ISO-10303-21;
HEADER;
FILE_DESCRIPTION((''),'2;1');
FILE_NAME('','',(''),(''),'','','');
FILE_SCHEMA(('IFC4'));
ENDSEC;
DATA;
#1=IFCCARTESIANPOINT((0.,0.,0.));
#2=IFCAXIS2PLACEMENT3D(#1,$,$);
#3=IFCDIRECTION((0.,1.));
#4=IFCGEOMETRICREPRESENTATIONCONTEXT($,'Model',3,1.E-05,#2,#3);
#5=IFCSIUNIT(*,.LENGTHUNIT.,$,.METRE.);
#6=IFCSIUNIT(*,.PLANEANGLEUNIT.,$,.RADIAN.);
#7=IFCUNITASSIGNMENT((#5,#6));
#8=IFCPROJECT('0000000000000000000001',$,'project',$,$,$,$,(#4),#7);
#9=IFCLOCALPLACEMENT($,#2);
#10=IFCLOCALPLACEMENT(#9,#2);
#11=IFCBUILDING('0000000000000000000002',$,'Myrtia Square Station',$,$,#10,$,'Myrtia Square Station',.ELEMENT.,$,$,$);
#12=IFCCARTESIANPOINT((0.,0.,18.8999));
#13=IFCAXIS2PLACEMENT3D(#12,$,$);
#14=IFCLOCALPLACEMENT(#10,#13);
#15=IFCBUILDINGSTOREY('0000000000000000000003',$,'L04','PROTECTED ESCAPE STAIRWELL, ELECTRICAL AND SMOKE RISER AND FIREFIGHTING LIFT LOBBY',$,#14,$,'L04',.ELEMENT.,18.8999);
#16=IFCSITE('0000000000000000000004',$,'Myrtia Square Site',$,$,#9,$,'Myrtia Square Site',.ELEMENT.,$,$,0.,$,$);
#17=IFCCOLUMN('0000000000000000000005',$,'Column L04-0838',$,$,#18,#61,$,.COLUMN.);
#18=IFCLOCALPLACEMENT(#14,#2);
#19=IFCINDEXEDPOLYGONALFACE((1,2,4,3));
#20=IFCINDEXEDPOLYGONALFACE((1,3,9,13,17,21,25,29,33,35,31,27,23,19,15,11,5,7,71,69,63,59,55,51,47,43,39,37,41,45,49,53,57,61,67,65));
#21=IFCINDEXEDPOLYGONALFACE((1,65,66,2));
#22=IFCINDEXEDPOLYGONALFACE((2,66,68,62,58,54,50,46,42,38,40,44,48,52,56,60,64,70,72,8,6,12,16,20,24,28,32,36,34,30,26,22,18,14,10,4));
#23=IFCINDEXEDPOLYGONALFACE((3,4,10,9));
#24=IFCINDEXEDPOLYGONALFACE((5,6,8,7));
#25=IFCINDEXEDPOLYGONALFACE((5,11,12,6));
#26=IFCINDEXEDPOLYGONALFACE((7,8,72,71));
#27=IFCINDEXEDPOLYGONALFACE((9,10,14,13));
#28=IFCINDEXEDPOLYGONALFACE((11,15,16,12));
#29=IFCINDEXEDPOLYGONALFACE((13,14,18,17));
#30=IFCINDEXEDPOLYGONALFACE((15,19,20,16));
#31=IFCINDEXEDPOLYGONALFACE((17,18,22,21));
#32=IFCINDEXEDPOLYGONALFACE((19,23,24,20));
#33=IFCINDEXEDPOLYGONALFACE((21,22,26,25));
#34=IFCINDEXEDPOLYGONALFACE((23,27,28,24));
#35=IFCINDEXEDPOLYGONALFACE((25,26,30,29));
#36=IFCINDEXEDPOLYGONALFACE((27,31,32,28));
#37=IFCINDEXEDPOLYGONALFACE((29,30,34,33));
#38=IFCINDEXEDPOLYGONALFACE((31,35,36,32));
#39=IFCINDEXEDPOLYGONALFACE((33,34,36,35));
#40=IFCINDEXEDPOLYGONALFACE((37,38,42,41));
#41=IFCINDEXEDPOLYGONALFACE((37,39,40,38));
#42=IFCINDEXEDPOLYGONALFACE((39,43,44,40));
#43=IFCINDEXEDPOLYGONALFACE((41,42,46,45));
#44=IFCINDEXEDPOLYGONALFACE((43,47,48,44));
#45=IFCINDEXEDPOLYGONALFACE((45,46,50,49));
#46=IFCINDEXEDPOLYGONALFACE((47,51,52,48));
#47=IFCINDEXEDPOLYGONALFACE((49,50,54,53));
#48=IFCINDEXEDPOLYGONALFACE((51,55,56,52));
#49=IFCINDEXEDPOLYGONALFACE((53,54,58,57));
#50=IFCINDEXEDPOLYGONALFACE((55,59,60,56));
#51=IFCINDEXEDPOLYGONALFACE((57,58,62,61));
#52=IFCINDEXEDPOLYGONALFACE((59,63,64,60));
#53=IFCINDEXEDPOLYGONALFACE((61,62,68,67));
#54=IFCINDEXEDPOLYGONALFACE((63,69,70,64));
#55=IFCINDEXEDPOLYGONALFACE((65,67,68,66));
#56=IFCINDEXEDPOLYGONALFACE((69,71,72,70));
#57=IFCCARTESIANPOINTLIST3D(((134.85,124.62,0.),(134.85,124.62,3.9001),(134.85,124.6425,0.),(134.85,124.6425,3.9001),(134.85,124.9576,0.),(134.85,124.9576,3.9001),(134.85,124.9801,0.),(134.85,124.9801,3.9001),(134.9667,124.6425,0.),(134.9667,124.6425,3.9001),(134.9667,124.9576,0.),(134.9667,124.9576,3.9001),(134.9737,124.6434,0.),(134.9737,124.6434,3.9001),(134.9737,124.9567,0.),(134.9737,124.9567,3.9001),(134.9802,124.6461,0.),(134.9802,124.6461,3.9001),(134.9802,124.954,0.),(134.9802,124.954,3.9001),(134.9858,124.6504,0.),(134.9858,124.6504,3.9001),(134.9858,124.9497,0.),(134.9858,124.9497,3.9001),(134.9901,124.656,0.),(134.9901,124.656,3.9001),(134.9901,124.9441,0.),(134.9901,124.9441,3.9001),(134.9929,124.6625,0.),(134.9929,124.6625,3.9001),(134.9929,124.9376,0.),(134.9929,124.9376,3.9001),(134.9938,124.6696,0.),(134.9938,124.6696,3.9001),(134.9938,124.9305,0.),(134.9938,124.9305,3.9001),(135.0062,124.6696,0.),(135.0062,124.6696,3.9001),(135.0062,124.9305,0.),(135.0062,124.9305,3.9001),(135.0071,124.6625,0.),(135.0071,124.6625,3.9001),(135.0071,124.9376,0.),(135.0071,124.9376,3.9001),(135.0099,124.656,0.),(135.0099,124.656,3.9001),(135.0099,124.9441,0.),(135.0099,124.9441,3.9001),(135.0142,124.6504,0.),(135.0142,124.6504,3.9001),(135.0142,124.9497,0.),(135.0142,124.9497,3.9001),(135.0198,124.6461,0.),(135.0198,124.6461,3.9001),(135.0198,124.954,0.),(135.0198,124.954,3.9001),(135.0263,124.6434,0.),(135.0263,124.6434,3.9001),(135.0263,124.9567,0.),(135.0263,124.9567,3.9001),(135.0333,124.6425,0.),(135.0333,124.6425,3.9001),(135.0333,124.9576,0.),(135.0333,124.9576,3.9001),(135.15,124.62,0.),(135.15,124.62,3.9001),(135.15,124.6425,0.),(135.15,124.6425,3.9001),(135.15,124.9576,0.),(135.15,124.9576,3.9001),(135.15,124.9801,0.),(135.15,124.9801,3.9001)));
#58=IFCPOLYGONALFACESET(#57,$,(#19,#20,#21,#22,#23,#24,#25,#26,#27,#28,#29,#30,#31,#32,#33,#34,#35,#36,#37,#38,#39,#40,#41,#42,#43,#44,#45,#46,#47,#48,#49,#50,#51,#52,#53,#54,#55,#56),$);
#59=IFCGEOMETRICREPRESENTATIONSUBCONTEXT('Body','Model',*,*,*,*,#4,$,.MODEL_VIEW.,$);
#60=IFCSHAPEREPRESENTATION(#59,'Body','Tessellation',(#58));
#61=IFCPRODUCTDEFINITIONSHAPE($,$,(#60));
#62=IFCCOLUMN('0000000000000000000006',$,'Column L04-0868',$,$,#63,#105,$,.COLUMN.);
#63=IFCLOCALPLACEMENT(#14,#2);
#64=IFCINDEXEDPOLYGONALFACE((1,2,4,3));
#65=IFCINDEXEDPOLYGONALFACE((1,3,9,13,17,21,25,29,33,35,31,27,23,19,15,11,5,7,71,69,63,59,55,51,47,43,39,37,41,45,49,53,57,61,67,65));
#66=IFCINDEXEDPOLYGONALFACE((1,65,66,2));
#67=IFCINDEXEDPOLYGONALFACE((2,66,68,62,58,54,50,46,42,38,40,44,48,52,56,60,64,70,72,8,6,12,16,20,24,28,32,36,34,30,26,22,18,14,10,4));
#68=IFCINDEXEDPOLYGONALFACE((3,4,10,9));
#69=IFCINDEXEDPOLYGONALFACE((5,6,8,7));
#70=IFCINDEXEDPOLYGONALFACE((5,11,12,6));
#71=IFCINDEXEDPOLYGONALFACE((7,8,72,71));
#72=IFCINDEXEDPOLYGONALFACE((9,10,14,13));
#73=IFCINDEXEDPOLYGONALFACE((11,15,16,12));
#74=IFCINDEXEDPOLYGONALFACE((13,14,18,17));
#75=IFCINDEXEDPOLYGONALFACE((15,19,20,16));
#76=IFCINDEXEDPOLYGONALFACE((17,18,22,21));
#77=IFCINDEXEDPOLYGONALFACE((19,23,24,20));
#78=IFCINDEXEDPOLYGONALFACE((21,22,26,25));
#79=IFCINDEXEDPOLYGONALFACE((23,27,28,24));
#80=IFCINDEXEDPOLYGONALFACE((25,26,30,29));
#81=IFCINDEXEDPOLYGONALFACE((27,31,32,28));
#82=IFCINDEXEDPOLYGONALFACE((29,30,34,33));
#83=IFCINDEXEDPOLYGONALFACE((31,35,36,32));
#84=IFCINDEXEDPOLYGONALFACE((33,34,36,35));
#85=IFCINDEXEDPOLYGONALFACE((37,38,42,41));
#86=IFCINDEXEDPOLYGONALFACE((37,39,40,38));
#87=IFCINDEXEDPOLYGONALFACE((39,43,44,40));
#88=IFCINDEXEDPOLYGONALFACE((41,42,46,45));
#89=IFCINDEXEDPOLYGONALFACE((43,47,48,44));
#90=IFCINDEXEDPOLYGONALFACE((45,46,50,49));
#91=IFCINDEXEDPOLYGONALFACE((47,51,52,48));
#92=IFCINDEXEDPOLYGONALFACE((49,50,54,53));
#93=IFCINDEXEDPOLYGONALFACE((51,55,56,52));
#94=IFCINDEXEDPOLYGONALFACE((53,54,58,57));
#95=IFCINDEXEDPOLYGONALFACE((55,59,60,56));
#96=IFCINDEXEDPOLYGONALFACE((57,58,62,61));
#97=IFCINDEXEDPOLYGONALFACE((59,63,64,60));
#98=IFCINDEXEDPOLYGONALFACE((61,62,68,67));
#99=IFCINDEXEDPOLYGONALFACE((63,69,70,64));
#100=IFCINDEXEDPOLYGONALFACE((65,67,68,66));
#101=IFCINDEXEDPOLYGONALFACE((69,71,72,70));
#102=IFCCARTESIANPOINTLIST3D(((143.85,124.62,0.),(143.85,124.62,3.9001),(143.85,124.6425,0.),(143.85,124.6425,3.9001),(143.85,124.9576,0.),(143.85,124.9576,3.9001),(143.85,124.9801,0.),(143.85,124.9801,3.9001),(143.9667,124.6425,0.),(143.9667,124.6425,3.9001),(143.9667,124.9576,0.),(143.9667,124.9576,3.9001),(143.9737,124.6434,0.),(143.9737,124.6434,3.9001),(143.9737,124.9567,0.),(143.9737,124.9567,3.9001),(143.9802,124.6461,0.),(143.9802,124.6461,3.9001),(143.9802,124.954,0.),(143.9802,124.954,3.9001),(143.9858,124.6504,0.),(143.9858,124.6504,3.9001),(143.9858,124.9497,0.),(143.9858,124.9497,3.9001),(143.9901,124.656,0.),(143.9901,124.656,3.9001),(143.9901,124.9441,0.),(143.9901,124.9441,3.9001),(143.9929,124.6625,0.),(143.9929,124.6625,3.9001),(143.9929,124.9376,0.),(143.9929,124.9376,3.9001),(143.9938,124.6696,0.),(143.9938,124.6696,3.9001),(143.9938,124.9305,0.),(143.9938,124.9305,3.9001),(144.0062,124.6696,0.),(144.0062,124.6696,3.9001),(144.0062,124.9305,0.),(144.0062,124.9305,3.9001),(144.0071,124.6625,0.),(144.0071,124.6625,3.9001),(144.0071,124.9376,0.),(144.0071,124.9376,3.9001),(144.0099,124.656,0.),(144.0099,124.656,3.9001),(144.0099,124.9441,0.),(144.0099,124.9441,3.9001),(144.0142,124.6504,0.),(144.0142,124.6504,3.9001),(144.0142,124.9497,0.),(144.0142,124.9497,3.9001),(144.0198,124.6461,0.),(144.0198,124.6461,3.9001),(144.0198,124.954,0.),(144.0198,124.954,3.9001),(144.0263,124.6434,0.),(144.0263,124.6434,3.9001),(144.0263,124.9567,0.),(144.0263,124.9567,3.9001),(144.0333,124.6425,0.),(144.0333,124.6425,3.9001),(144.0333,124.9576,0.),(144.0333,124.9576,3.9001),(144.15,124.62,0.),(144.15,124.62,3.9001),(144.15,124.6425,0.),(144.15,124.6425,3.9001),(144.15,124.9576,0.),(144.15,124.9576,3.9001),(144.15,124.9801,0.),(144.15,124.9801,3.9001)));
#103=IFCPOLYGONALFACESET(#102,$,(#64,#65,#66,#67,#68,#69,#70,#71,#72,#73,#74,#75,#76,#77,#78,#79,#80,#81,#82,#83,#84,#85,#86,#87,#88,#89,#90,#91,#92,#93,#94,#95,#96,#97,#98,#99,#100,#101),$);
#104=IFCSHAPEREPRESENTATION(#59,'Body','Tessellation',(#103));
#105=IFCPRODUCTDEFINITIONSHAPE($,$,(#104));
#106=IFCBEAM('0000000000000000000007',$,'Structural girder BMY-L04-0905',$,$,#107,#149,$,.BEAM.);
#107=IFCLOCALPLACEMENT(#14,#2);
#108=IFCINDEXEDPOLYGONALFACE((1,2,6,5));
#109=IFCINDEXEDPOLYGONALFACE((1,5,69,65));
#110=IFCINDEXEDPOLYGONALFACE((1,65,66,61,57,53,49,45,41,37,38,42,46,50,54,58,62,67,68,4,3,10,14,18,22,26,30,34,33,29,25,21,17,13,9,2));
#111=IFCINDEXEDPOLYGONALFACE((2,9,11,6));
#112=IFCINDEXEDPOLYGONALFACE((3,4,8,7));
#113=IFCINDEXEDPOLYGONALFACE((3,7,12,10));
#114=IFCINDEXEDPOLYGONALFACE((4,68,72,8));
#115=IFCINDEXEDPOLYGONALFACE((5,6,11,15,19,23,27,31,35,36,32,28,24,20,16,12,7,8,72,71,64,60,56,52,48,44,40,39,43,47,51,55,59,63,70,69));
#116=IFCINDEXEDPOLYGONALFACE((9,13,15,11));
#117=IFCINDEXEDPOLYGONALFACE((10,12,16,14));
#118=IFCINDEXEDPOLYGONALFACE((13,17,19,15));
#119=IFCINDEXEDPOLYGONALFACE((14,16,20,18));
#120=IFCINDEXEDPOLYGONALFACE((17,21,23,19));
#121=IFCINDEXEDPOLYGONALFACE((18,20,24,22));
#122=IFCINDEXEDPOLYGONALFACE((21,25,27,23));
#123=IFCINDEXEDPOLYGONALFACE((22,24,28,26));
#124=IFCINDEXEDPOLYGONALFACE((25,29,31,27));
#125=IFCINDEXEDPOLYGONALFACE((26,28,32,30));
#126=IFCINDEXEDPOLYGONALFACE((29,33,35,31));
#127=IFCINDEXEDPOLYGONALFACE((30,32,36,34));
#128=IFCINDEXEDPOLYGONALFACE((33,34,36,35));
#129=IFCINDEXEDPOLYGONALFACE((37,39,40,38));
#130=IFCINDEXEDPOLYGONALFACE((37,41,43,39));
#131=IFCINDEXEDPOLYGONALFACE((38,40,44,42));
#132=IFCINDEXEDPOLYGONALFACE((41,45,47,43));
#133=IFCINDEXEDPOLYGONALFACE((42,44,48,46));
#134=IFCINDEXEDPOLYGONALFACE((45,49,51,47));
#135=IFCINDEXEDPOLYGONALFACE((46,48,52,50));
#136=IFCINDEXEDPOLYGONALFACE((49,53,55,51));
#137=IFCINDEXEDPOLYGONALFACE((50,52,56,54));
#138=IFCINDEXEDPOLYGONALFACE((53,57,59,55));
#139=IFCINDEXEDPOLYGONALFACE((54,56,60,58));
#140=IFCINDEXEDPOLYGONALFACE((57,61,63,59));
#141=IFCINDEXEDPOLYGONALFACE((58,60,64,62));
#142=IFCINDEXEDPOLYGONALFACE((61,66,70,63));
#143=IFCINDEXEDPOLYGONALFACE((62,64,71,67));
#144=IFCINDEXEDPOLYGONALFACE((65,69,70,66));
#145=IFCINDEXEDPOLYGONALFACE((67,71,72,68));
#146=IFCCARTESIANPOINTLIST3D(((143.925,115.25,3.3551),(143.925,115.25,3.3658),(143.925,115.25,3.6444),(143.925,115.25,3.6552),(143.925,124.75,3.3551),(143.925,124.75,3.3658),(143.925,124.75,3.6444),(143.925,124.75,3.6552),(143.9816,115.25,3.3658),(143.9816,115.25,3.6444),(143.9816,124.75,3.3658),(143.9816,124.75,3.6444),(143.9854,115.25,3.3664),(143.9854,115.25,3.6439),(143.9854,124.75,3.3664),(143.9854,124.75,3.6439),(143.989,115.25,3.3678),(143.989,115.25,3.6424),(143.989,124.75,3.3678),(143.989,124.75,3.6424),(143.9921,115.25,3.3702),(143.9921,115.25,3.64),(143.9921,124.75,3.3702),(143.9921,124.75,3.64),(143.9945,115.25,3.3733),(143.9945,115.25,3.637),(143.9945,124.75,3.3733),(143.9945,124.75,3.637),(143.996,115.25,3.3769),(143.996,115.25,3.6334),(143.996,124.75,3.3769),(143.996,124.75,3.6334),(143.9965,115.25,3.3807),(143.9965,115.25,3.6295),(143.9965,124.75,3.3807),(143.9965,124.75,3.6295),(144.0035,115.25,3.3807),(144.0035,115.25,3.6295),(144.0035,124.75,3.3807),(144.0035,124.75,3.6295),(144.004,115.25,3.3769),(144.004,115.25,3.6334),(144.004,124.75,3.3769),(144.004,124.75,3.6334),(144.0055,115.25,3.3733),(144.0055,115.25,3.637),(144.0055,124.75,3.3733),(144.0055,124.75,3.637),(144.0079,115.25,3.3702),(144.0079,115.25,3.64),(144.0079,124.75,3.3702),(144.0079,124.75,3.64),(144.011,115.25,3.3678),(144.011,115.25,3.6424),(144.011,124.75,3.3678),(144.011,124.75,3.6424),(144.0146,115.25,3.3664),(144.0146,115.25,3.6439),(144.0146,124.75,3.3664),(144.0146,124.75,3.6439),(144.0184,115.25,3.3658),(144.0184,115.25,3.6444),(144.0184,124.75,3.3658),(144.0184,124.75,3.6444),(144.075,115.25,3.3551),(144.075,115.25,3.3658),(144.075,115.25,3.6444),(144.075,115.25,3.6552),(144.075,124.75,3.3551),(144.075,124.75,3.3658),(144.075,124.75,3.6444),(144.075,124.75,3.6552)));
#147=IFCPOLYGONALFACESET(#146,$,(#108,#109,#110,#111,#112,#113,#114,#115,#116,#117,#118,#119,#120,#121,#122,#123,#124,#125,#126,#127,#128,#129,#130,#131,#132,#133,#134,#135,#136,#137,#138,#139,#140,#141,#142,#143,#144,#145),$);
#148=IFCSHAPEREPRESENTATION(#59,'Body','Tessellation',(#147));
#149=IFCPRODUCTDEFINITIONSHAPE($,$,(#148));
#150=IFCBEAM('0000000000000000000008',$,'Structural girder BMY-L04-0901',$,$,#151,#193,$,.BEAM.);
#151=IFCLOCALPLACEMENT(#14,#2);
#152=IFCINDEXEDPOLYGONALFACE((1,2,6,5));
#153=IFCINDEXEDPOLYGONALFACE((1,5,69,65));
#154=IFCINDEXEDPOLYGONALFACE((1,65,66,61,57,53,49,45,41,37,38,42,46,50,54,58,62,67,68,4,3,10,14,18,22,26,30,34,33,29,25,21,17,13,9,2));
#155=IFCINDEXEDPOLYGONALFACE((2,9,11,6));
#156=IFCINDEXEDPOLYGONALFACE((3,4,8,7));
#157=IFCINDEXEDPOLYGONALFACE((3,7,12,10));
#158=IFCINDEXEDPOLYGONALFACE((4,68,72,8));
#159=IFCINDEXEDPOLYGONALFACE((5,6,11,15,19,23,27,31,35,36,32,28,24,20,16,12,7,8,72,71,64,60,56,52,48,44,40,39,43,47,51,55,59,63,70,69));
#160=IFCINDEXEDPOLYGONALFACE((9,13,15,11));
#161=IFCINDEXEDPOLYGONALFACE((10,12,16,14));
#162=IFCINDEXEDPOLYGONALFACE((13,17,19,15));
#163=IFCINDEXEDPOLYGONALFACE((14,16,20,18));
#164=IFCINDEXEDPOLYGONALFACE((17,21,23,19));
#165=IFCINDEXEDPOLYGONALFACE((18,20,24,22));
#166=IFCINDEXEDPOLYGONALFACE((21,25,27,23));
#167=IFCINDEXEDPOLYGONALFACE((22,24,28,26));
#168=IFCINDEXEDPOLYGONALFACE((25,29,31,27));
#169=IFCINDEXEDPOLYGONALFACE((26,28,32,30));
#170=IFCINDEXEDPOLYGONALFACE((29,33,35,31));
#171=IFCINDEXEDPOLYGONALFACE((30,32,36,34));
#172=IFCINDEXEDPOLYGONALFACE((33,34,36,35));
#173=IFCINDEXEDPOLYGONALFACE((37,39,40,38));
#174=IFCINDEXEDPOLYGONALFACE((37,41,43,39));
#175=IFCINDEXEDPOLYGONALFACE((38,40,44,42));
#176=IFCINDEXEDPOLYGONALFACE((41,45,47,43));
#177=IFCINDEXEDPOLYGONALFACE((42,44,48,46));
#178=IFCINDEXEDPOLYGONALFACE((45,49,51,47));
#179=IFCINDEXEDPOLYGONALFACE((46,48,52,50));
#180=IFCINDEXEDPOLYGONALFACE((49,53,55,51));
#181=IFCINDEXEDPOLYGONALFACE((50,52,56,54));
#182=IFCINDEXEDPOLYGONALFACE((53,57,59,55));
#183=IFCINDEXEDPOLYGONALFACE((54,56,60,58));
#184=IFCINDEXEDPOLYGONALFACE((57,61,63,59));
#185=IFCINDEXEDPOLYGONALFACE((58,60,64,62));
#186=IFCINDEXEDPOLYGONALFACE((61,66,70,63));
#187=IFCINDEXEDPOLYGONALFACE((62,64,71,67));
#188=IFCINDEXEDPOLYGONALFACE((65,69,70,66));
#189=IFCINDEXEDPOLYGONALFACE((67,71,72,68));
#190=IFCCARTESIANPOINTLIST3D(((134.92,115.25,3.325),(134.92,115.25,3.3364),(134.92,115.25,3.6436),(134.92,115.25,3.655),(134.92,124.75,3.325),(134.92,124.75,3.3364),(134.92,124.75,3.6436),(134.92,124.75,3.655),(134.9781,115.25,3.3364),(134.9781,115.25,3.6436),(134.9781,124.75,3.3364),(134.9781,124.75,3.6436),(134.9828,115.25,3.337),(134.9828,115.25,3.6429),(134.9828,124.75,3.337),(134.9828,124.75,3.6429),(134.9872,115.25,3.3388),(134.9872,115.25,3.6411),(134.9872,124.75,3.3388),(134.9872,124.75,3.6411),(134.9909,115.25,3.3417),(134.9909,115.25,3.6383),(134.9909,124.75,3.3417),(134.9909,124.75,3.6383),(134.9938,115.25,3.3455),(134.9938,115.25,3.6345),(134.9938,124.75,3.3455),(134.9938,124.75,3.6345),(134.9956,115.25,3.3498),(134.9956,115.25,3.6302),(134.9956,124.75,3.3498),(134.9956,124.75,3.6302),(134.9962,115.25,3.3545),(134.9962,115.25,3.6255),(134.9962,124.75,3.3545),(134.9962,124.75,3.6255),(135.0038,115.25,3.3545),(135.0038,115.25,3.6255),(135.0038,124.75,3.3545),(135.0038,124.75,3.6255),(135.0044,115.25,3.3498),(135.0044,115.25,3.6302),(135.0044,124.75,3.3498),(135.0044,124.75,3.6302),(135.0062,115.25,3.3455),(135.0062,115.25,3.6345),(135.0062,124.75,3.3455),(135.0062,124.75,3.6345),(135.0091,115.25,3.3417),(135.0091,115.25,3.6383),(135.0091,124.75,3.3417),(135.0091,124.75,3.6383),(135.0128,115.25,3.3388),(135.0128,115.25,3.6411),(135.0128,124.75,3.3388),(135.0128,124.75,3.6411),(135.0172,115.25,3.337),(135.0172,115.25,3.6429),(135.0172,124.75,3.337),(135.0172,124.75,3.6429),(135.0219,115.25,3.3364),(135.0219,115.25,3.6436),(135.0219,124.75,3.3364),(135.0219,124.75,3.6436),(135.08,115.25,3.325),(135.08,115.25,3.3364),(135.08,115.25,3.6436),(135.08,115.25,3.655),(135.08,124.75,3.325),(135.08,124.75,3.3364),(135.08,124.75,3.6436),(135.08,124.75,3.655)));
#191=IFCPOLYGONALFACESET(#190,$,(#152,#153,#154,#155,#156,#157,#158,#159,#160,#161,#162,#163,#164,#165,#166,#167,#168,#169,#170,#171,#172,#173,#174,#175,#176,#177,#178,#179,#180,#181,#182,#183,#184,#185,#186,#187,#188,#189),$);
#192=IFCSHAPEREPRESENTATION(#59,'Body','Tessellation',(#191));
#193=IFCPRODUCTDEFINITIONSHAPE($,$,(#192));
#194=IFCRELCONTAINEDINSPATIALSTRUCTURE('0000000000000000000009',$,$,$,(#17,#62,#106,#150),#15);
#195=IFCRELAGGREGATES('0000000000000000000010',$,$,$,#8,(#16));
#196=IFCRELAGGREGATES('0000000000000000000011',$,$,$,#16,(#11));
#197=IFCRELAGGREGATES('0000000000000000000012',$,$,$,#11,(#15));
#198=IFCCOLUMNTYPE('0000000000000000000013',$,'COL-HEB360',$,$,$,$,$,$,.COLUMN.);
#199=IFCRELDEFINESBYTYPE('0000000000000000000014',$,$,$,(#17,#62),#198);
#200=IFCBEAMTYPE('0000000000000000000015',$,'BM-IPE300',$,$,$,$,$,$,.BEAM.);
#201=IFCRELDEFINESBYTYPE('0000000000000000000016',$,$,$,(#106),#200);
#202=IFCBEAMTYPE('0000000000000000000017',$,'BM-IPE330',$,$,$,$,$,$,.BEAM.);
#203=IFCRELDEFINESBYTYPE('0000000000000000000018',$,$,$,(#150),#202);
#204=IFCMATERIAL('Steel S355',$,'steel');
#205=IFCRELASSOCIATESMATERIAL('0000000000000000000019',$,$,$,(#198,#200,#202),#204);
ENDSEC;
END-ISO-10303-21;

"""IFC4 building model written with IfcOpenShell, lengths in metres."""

from ifc_helpers import new_model, si_unit, direction, frame, origin, origin_2d, place, context, subcontext, project, spatial, i_section, extrude, material, material_profile, profile_set, type_object, element, save


model = new_model("IFC4")

# Units and contexts
model_context = context("Model", 3, precision=1e-05, world=origin(), true_north=direction((0.0, 1.0)))
body_context = subcontext(model_context, "Body", "Model", "MODEL_VIEW")
ifc_project = project(units=[si_unit("LENGTHUNIT", "METRE"), si_unit("PLANEANGLEUNIT", "RADIAN")], contexts=[model_context])

# Site, building, storey
site_placement = place(None, origin())
site = spatial("IfcSite", under=ifc_project, at=site_placement, Name="Myrtia Square Site", LongName="Myrtia Square Site", CompositionType="ELEMENT", RefElevation=0.0)
building_placement = place(site_placement, origin())
building = spatial("IfcBuilding", under=site, at=building_placement, Name="Myrtia Square Station", LongName="Myrtia Square Station", CompositionType="ELEMENT")
storey_placement = place(building_placement, frame((0.0, 0.0, 18.8999)))
storey = spatial("IfcBuildingStorey", under=building, at=storey_placement, Name="L04", Description="PROTECTED ESCAPE STAIRWELL, ELECTRICAL AND SMOKE RISER AND FIREFIGHTING LIFT LOBBY", LongName="L04", CompositionType="ELEMENT", Elevation=18.8999)

# Columns
ifc_material_1 = material(Name="Steel S355", Category="steel")
ifc_material_profile_1 = material_profile(ifc_material_1, i_section(OverallWidth=0.3, OverallDepth=0.3601, WebThickness=0.0125, FlangeThickness=0.0225, FilletRadius=0.0271, at=origin_2d()), Name="HEB 360")
ifc_profile_set_1 = profile_set([ifc_material_profile_1], Name="Steel S355")
column_type = type_object("IfcColumnType", Name="COL-HEB360", PredefinedType="COLUMN", material=ifc_profile_set_1)
for number, where, z_axis, x_axis, name in (
    (1, (135.0, 124.8, 0.0), (0.0, 0.0, 1.0), (1.0, 0.0, 0.0), "Column L04-0838"),
    (2, (144.0, 124.8, 0.0), (0.0, 0.0, 1.0), (1.0, 0.0, 0.0), "Column L04-0868"),
):
    element("IfcColumn", number, at=place(storey_placement, frame(where, z_axis=z_axis, x_axis=x_axis)), inside=storey, type_object=column_type, Name=name, PredefinedType="COLUMN", context=body_context, shape_type="SweptSolid", body=[
        extrude(i_section(OverallWidth=0.3, OverallDepth=0.3601, WebThickness=0.0125, FlangeThickness=0.0225, FilletRadius=0.0271, at=origin_2d()), origin(), (0.0, 0.0, 1.0), 3.9001),
    ])

# Beams
ifc_material_profile_2 = material_profile(ifc_material_1, i_section(OverallWidth=0.1499, OverallDepth=0.3, WebThickness=0.0071, FlangeThickness=0.0107, FilletRadius=0.0149, at=origin_2d()), Name="IPE 300")
ifc_profile_set_2 = profile_set([ifc_material_profile_2], Name="Steel S355")
beam_type_1 = type_object("IfcBeamType", Name="BM-IPE300", PredefinedType="BEAM", material=ifc_profile_set_2)
beam_1_placement = place(storey_placement, frame((144.0, 115.25, 3.5051), z_axis=(0.0, 1.0, 0.0), x_axis=(-1.0, 0.0, 0.0)))
element("IfcBeam", 3, at=beam_1_placement, inside=storey, type_object=beam_type_1, Name="Structural girder BMY-L04-0905", PredefinedType="BEAM", context=body_context, shape_type="SweptSolid", body=[
    extrude(i_section(OverallWidth=0.1499, OverallDepth=0.3, WebThickness=0.0071, FlangeThickness=0.0107, FilletRadius=0.0149, at=origin_2d()), origin(), (0.0, 0.0, 1.0), 9.5),
])
ifc_material_profile_3 = material_profile(ifc_material_1, i_section(OverallWidth=0.1599, OverallDepth=0.3301, WebThickness=0.0076, FlangeThickness=0.0115, FilletRadius=0.0181, at=origin_2d()), Name="IPE 330")
ifc_profile_set_3 = profile_set([ifc_material_profile_3], Name="Steel S355")
beam_type_2 = type_object("IfcBeamType", Name="BM-IPE330", PredefinedType="BEAM", material=ifc_profile_set_3)
beam_2_placement = place(storey_placement, frame((135.0, 115.25, 3.49), z_axis=(0.0, 1.0, 0.0), x_axis=(-1.0, 0.0, 0.0)))
element("IfcBeam", 4, at=beam_2_placement, inside=storey, type_object=beam_type_2, Name="Structural girder BMY-L04-0901", PredefinedType="BEAM", context=body_context, shape_type="SweptSolid", body=[
    extrude(i_section(OverallWidth=0.1599, OverallDepth=0.3301, WebThickness=0.0076, FlangeThickness=0.0115, FilletRadius=0.0181, at=origin_2d()), origin(), (0.0, 0.0, 1.0), 9.5),
])

save(model, "model.ifc")
